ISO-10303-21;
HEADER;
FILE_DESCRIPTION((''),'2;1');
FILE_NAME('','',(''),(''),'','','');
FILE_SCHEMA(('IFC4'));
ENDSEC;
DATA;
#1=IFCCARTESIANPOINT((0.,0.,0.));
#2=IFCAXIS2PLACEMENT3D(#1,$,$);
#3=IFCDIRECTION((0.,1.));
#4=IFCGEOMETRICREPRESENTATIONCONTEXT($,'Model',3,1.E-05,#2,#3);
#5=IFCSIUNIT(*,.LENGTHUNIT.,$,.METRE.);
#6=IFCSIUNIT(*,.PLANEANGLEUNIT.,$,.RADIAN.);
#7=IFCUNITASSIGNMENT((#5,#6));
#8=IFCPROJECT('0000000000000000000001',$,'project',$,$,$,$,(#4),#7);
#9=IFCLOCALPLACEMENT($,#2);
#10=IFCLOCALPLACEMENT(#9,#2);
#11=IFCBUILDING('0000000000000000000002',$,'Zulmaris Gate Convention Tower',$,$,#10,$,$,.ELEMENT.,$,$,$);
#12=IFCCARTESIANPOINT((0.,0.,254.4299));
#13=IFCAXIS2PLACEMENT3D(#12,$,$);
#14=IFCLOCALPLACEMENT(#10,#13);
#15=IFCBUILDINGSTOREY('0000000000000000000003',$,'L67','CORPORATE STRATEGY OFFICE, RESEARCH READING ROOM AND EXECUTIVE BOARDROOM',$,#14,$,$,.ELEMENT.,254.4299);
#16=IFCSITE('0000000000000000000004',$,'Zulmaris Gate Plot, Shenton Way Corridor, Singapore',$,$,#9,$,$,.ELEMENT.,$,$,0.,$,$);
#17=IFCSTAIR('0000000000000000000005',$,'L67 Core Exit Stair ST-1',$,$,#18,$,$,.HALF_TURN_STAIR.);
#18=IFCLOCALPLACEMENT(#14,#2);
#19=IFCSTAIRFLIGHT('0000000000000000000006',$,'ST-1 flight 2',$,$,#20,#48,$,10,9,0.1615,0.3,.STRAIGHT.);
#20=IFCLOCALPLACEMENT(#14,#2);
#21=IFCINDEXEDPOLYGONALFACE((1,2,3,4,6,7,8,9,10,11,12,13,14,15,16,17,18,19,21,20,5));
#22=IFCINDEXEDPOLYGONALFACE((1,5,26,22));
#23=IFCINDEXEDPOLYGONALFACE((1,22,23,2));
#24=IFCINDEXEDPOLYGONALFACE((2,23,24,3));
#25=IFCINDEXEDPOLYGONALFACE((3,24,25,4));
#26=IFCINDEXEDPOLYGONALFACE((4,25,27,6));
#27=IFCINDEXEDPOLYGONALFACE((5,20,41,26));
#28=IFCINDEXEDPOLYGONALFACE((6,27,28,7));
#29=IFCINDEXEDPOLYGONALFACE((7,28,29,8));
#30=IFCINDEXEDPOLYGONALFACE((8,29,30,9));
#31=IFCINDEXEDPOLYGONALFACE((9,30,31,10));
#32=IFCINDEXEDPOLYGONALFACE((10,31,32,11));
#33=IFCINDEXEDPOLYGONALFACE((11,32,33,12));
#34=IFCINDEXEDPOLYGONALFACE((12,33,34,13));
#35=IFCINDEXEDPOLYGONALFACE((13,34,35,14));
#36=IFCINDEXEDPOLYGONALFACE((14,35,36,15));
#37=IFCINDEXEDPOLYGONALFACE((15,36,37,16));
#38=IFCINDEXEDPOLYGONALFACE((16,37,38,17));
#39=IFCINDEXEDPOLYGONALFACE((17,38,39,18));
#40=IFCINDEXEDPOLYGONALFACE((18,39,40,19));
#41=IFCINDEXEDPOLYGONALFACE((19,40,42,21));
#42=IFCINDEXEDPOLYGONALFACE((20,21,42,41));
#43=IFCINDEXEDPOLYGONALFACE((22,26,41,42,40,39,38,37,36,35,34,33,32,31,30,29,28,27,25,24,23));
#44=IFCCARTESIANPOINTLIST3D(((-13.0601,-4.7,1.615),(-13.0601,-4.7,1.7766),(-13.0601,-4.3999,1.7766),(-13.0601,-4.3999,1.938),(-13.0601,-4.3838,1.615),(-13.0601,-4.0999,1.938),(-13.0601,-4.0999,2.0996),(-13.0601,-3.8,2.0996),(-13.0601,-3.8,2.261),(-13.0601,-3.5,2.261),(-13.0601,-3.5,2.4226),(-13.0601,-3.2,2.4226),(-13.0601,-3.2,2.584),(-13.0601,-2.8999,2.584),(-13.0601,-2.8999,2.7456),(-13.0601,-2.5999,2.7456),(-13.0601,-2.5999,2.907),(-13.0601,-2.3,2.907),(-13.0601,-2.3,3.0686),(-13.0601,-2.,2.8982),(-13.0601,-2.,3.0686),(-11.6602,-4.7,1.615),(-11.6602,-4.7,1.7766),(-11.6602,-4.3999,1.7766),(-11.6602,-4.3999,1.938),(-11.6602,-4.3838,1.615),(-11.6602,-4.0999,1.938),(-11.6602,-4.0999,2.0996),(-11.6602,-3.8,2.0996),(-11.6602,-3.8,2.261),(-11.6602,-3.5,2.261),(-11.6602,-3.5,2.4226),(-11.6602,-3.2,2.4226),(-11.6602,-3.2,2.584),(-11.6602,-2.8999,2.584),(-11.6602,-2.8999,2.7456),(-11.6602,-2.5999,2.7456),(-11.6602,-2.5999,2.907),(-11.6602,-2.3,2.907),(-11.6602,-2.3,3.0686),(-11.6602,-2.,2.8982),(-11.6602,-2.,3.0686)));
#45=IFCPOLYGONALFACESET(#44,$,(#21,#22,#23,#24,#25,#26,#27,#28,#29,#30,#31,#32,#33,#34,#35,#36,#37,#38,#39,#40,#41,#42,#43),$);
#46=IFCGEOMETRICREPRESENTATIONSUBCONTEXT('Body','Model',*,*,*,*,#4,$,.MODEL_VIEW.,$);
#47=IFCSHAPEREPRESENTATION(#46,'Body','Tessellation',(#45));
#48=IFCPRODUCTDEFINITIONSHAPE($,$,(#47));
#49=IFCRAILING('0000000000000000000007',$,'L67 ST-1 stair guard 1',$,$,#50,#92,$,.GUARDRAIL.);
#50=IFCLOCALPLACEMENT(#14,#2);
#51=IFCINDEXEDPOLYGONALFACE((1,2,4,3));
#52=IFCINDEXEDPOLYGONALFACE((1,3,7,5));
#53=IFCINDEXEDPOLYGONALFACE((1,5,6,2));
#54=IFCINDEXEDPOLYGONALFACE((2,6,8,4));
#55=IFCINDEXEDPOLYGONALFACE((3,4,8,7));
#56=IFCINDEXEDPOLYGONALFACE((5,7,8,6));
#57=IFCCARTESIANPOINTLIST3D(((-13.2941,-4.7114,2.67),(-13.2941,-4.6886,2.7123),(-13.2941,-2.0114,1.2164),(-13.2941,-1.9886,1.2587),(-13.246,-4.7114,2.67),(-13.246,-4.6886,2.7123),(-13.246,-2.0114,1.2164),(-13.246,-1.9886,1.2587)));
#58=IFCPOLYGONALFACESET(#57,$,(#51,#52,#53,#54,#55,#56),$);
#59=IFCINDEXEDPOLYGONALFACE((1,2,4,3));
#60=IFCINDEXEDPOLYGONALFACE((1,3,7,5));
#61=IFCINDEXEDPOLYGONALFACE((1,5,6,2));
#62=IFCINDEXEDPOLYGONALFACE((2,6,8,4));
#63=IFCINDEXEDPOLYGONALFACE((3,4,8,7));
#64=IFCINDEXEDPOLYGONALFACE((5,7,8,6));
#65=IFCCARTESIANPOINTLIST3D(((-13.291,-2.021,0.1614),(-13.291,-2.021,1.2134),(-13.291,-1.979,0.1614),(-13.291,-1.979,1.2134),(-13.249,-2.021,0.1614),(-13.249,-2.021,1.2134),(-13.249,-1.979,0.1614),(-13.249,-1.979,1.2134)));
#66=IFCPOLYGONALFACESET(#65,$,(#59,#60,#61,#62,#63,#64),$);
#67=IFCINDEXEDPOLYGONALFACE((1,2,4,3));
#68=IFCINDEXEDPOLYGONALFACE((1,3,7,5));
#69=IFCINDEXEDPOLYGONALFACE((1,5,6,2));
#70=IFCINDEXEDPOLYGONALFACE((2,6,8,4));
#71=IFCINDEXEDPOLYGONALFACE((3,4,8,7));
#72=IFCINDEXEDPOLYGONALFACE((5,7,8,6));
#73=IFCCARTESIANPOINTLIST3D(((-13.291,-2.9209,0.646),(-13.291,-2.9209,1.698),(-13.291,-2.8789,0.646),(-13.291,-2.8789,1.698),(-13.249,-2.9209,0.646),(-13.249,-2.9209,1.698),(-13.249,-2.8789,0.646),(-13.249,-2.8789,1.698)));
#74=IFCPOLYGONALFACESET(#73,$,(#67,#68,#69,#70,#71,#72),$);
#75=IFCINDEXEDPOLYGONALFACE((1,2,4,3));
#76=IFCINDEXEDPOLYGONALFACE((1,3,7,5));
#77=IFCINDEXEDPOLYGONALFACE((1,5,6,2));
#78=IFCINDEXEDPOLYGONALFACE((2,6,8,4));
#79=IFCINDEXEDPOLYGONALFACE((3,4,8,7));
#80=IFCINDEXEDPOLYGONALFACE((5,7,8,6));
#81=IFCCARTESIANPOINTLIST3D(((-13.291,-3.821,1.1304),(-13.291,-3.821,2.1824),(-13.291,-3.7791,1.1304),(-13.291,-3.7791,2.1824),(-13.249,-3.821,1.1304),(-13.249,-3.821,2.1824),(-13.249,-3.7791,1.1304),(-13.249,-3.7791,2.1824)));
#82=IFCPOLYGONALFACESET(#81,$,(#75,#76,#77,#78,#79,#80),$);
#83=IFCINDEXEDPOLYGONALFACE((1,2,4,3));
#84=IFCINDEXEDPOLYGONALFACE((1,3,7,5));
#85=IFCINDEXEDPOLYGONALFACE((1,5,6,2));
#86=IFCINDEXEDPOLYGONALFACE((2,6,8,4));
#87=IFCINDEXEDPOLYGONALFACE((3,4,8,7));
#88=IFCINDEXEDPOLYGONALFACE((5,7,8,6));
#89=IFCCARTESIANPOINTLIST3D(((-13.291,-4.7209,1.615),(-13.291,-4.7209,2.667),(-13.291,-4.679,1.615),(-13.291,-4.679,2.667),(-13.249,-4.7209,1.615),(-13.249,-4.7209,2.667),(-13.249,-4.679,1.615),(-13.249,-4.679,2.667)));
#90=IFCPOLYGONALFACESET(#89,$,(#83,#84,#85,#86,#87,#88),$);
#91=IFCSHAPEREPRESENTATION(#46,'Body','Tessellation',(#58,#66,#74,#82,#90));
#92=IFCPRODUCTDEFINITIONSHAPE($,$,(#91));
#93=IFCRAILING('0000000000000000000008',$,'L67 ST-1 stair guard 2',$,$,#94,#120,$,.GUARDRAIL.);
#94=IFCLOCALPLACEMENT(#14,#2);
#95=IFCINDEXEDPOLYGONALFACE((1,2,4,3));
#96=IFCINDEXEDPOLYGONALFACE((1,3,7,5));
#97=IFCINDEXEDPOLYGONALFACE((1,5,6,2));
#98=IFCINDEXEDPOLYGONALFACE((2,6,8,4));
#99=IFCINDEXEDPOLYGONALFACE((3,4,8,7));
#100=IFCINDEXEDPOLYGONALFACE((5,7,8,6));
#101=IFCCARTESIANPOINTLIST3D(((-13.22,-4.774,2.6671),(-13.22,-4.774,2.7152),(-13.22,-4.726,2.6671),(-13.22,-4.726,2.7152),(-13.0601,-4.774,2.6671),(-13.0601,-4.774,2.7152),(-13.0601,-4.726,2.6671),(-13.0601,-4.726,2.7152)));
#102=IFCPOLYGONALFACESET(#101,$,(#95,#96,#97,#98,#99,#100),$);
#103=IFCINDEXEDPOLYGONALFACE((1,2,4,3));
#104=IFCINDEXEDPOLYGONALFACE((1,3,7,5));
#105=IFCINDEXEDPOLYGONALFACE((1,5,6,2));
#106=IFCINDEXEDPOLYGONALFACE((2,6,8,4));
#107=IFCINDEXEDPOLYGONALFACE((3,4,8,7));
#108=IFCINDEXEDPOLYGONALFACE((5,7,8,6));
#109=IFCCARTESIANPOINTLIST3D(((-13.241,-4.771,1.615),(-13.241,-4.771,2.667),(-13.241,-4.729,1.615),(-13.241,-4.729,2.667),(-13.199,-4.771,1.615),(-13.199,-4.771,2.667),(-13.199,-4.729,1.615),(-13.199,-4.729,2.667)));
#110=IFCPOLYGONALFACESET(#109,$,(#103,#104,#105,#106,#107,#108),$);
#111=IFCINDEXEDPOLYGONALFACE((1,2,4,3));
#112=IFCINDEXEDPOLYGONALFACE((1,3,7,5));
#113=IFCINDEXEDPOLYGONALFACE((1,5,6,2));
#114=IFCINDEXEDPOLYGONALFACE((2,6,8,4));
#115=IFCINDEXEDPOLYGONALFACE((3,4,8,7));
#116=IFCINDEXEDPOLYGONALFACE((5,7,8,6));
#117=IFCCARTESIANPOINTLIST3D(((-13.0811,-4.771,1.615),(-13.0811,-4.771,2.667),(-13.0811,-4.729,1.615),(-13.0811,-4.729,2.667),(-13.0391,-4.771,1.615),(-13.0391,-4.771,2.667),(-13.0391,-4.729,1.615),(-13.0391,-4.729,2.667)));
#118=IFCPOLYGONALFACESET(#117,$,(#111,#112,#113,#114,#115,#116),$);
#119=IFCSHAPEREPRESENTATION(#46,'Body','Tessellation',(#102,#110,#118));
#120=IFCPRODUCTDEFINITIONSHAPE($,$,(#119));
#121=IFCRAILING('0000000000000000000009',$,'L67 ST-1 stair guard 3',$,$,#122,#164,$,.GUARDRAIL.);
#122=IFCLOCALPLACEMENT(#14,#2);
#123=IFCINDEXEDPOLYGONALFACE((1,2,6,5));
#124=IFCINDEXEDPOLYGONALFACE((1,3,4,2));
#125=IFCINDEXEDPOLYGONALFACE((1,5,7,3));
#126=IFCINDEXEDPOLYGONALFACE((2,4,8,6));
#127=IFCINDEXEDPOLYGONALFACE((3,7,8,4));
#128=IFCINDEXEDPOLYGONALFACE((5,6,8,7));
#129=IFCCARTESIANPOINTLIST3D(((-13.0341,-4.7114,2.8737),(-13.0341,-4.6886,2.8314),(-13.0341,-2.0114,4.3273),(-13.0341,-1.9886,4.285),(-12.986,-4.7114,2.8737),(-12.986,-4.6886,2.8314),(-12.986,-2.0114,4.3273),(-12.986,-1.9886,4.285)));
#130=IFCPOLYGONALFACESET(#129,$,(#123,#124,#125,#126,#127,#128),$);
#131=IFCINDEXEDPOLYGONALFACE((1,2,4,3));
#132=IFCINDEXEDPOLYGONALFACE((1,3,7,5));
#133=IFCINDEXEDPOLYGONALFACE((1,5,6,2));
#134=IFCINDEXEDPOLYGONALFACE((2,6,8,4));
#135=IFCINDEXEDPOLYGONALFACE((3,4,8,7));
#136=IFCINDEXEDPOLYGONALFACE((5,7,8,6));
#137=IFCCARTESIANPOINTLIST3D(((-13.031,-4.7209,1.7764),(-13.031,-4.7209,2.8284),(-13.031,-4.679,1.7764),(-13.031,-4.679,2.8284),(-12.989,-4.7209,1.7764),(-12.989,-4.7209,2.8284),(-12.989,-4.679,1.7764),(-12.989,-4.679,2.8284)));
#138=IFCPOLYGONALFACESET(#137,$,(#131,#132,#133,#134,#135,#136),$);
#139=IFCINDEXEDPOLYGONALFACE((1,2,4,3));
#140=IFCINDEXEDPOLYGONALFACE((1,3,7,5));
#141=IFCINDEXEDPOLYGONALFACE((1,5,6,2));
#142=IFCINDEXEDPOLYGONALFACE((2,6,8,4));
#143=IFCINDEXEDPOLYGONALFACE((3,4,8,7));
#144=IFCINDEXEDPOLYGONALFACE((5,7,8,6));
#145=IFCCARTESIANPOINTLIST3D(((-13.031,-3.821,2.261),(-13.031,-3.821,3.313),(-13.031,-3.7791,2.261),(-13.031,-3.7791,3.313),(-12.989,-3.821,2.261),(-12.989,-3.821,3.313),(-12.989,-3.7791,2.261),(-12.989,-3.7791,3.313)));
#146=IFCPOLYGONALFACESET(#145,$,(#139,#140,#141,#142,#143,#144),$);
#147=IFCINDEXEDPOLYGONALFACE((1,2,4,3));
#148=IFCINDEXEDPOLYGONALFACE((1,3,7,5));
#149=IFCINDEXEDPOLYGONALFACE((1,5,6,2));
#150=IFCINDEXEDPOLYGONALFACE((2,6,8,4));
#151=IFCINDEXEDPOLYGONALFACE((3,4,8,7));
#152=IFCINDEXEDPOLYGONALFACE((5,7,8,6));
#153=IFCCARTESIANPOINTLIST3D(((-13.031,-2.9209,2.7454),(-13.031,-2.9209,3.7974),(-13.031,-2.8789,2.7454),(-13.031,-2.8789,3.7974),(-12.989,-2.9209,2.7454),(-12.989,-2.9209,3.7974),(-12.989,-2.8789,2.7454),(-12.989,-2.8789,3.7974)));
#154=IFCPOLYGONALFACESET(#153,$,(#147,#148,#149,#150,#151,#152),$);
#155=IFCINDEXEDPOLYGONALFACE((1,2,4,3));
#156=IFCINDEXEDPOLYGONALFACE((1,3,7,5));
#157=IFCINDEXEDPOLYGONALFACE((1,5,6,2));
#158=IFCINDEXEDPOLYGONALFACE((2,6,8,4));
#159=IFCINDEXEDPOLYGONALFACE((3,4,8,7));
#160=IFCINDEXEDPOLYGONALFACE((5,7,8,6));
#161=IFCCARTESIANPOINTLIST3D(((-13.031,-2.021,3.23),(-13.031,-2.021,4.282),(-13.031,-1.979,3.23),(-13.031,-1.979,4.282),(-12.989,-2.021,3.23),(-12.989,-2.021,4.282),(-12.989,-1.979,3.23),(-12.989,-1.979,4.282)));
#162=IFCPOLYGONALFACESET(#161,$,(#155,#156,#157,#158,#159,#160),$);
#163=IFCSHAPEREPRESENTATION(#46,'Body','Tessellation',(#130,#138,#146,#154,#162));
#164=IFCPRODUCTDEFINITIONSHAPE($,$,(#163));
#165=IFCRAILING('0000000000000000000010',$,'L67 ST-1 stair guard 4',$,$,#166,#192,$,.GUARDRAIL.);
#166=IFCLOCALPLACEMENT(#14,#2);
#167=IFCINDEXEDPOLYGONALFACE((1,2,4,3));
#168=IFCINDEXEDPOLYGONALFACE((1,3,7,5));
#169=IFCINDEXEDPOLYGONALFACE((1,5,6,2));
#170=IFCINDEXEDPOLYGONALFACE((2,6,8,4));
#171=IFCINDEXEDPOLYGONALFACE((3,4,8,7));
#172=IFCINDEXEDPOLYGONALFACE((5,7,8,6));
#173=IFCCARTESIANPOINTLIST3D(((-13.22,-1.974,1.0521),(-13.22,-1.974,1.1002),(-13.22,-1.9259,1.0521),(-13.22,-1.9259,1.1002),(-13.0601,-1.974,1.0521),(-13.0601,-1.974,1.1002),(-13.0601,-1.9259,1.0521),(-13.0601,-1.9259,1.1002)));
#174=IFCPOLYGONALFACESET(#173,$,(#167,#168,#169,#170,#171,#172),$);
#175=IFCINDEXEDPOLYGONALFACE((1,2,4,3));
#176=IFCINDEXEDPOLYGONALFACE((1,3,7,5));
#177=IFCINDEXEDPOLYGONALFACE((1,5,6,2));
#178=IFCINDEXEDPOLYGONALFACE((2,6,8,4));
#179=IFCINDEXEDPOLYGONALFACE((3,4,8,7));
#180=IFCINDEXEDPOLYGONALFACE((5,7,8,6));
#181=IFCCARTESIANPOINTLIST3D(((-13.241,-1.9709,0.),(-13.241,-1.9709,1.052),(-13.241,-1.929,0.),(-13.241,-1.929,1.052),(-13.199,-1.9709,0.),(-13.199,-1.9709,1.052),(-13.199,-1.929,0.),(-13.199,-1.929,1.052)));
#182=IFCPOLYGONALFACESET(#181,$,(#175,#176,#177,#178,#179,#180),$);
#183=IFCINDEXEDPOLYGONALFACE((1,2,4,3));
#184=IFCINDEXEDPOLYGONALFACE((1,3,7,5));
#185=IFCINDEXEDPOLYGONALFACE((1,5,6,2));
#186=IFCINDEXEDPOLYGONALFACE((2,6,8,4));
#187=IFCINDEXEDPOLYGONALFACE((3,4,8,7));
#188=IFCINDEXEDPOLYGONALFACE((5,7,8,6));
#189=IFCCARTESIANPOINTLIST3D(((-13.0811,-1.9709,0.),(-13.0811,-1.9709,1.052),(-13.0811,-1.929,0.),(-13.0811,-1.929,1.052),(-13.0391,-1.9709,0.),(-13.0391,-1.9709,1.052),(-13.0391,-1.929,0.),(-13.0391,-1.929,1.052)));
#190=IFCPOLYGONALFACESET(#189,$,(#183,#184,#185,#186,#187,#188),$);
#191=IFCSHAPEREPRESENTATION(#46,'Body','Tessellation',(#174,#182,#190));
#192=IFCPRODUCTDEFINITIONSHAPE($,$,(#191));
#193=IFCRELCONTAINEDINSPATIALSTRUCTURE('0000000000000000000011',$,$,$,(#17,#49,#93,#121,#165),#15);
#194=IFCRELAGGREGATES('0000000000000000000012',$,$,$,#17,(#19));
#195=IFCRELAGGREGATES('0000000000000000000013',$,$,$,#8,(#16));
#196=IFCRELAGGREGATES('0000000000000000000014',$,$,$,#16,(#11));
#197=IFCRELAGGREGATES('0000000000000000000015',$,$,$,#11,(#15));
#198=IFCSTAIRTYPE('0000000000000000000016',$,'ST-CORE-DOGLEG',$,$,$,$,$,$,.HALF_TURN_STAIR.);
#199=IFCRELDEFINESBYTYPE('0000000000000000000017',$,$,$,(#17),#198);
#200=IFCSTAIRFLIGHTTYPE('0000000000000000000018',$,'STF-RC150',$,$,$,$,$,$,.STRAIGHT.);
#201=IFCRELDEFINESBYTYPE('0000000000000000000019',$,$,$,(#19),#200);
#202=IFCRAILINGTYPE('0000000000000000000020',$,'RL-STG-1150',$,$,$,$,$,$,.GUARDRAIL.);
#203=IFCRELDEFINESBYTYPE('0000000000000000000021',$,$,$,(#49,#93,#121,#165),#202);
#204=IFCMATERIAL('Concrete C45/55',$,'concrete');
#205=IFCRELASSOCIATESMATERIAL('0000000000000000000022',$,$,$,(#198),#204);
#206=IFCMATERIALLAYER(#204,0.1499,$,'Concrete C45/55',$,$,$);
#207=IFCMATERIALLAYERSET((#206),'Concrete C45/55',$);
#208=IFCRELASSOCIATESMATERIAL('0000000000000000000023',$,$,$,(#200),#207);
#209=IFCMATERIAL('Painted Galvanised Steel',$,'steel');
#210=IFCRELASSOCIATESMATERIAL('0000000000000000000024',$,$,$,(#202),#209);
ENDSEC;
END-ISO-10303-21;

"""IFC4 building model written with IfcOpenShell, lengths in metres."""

from ifc_helpers import new_model, si_unit, direction, frame, origin, origin_2d, place, context, subcontext, project, spatial, polyline, rectangle, outline, extrude, material, layer, layer_set, type_object, element, aggregate, save


model = new_model("IFC4")

# Units and contexts
model_context = context("Model", 3, precision=1e-05, world=origin(), true_north=direction((0.0, 1.0)))
body_context = subcontext(model_context, "Body", "Model", "MODEL_VIEW")
ifc_project = project(units=[si_unit("LENGTHUNIT", "METRE"), si_unit("PLANEANGLEUNIT", "RADIAN")], contexts=[model_context])

# Site, building, storey
site_placement = place(None, origin())
site = spatial("IfcSite", under=ifc_project, at=site_placement, Name="Zulmaris Gate Plot, Shenton Way Corridor, Singapore", CompositionType="ELEMENT", RefElevation=0.0)
building_placement = place(site_placement, origin())
building = spatial("IfcBuilding", under=site, at=building_placement, Name="Zulmaris Gate Convention Tower", CompositionType="ELEMENT")
storey_placement = place(building_placement, frame((0.0, 0.0, 254.4299)))
storey = spatial("IfcBuildingStorey", under=building, at=storey_placement, Name="L67", Description="CORPORATE STRATEGY OFFICE, RESEARCH READING ROOM AND EXECUTIVE BOARDROOM", CompositionType="ELEMENT", Elevation=254.4299)

# Stair, stair flight
ifc_material_1 = material(Name="Concrete C45/55", Category="concrete")
stair_type = type_object("IfcStairType", Name="ST-CORE-DOGLEG", PredefinedType="HALF_TURN_STAIR", material=ifc_material_1)
stair_placement = place(storey_placement, origin())
stair = element("IfcStair", 1, at=stair_placement, inside=storey, type_object=stair_type, Name="L67 Core Exit Stair ST-1", PredefinedType="HALF_TURN_STAIR")
ifc_layer_1 = layer(ifc_material_1, 0.1499, Name="Concrete C45/55")
ifc_layer_set_1 = layer_set([ifc_layer_1], Name="Concrete C45/55")
stair_flight_type = type_object("IfcStairFlightType", Name="STF-RC150", PredefinedType="STRAIGHT", material=ifc_layer_set_1)
stair_flight_1_placement = place(storey_placement, frame((-12.3601, -4.7, 1.615), z_axis=(0.0, 0.0, 1.0), x_axis=(0.0, 1.0, 0.0)))
stair_flight_1 = element("IfcStairFlight", 2, at=stair_flight_1_placement, type_object=stair_flight_type, Name="ST-1 flight 2", NumberOfRisers=10, NumberOfTreads=9, PredefinedType="STRAIGHT", RiserHeight=0.1615, TreadLength=0.3, context=body_context, shape_type="SweptSolid", body=[
    extrude(outline(polyline([(0.0, 0.0), (0.0, 0.1616), (0.3, 0.1616), (0.3, 0.323), (0.6001, 0.323), (0.6001, 0.4846), (0.8999, 0.4846), (0.8999, 0.646), (1.2, 0.646), (1.2, 0.8076), (1.5, 0.8076), (1.5, 0.969), (1.8, 0.969), (1.8, 1.1306), (2.1001, 1.1306), (2.1001, 1.292), (2.3999, 1.292), (2.3999, 1.4536), (2.7, 1.4536), (2.7, 1.615), (2.7, 1.2832), (0.3162, 0.0), (0.0, 0.0)])), frame((0.0, 0.7, 0.0), z_axis=(0.0, -1.0, 0.0), x_axis=(1.0, 0.0, 0.0)), (0.0, 0.0, 1.0), 1.3999),
])
aggregate(stair, [stair_flight_1])

# Railings
ifc_material_2 = material(Name="Painted Galvanised Steel", Category="steel")
railing_type_1 = type_object("IfcRailingType", Name="RL-STG-1150", PredefinedType="GUARDRAIL", material=ifc_material_2)
railing_1_placement = place(storey_placement, frame((-13.27, -2.0, 0.1614)))
element("IfcRailing", 3, at=railing_1_placement, inside=storey, type_object=railing_type_1, Name="L67 ST-1 stair guard 1", PredefinedType="GUARDRAIL", context=body_context, shape_type="SweptSolid", body=[
    extrude(rectangle(XDim=0.0481, YDim=0.0481, at=origin_2d()), frame((0.0, 0.0, 1.0762), z_axis=(0.0, -0.880499, 0.474048), x_axis=(1.0, 0.0, 0.0)), (0.0, 0.0, 1.0), 3.0664),
    extrude(rectangle(XDim=0.042, YDim=0.042, at=origin_2d()), origin(), (0.0, 0.0, 1.0), 1.052),
    extrude(rectangle(XDim=0.042, YDim=0.042, at=origin_2d()), frame((0.0, -0.8999, 0.4846)), (0.0, 0.0, 1.0), 1.052),
    extrude(rectangle(XDim=0.042, YDim=0.042, at=origin_2d()), frame((0.0, -1.8, 0.969)), (0.0, 0.0, 1.0), 1.052),
    extrude(rectangle(XDim=0.042, YDim=0.042, at=origin_2d()), frame((0.0, -2.7, 1.4536)), (0.0, 0.0, 1.0), 1.052),
])
railing_2_placement = place(storey_placement, frame((-13.22, -4.75, 1.615)))
element("IfcRailing", 4, at=railing_2_placement, inside=storey, type_object=railing_type_1, Name="L67 ST-1 stair guard 2", PredefinedType="GUARDRAIL", context=body_context, shape_type="SweptSolid", body=[
    extrude(rectangle(XDim=0.0481, YDim=0.0481, at=origin_2d()), frame((0.0, 0.0, 1.0762), z_axis=(1.0, 0.0, 0.0), x_axis=(0.0, 1.0, 0.0)), (0.0, 0.0, 1.0), 0.1599),
    extrude(rectangle(XDim=0.042, YDim=0.042, at=origin_2d()), origin(), (0.0, 0.0, 1.0), 1.052),
    extrude(rectangle(XDim=0.042, YDim=0.042, at=origin_2d()), frame((0.1599, 0.0, 0.0)), (0.0, 0.0, 1.0), 1.052),
])
railing_3_placement = place(storey_placement, frame((-13.01, -4.7, 1.7764)))
element("IfcRailing", 5, at=railing_3_placement, inside=storey, type_object=railing_type_1, Name="L67 ST-1 stair guard 3", PredefinedType="GUARDRAIL", context=body_context, shape_type="SweptSolid", body=[
    extrude(rectangle(XDim=0.0481, YDim=0.0481, at=origin_2d()), frame((0.0, 0.0, 1.0762), z_axis=(0.0, 0.880499, 0.474048), x_axis=(-1.0, 0.0, 0.0)), (0.0, 0.0, 1.0), 3.0664),
    extrude(rectangle(XDim=0.042, YDim=0.042, at=origin_2d()), origin(), (0.0, 0.0, 1.0), 1.052),
    extrude(rectangle(XDim=0.042, YDim=0.042, at=origin_2d()), frame((0.0, 0.8999, 0.4846)), (0.0, 0.0, 1.0), 1.052),
    extrude(rectangle(XDim=0.042, YDim=0.042, at=origin_2d()), frame((0.0, 1.8, 0.969)), (0.0, 0.0, 1.0), 1.052),
    extrude(rectangle(XDim=0.042, YDim=0.042, at=origin_2d()), frame((0.0, 2.7, 1.4536)), (0.0, 0.0, 1.0), 1.052),
])
railing_4_placement = place(storey_placement, frame((-13.22, -1.95, 0.0)))
element("IfcRailing", 6, at=railing_4_placement, inside=storey, type_object=railing_type_1, Name="L67 ST-1 stair guard 4", PredefinedType="GUARDRAIL", context=body_context, shape_type="SweptSolid", body=[
    extrude(rectangle(XDim=0.0481, YDim=0.0481, at=origin_2d()), frame((0.0, 0.0, 1.0762), z_axis=(1.0, 0.0, 0.0), x_axis=(0.0, 1.0, 0.0)), (0.0, 0.0, 1.0), 0.1599),
    extrude(rectangle(XDim=0.042, YDim=0.042, at=origin_2d()), origin(), (0.0, 0.0, 1.0), 1.052),
    extrude(rectangle(XDim=0.042, YDim=0.042, at=origin_2d()), frame((0.1599, 0.0, 0.0)), (0.0, 0.0, 1.0), 1.052),
])

save(model, "model.ifc")
